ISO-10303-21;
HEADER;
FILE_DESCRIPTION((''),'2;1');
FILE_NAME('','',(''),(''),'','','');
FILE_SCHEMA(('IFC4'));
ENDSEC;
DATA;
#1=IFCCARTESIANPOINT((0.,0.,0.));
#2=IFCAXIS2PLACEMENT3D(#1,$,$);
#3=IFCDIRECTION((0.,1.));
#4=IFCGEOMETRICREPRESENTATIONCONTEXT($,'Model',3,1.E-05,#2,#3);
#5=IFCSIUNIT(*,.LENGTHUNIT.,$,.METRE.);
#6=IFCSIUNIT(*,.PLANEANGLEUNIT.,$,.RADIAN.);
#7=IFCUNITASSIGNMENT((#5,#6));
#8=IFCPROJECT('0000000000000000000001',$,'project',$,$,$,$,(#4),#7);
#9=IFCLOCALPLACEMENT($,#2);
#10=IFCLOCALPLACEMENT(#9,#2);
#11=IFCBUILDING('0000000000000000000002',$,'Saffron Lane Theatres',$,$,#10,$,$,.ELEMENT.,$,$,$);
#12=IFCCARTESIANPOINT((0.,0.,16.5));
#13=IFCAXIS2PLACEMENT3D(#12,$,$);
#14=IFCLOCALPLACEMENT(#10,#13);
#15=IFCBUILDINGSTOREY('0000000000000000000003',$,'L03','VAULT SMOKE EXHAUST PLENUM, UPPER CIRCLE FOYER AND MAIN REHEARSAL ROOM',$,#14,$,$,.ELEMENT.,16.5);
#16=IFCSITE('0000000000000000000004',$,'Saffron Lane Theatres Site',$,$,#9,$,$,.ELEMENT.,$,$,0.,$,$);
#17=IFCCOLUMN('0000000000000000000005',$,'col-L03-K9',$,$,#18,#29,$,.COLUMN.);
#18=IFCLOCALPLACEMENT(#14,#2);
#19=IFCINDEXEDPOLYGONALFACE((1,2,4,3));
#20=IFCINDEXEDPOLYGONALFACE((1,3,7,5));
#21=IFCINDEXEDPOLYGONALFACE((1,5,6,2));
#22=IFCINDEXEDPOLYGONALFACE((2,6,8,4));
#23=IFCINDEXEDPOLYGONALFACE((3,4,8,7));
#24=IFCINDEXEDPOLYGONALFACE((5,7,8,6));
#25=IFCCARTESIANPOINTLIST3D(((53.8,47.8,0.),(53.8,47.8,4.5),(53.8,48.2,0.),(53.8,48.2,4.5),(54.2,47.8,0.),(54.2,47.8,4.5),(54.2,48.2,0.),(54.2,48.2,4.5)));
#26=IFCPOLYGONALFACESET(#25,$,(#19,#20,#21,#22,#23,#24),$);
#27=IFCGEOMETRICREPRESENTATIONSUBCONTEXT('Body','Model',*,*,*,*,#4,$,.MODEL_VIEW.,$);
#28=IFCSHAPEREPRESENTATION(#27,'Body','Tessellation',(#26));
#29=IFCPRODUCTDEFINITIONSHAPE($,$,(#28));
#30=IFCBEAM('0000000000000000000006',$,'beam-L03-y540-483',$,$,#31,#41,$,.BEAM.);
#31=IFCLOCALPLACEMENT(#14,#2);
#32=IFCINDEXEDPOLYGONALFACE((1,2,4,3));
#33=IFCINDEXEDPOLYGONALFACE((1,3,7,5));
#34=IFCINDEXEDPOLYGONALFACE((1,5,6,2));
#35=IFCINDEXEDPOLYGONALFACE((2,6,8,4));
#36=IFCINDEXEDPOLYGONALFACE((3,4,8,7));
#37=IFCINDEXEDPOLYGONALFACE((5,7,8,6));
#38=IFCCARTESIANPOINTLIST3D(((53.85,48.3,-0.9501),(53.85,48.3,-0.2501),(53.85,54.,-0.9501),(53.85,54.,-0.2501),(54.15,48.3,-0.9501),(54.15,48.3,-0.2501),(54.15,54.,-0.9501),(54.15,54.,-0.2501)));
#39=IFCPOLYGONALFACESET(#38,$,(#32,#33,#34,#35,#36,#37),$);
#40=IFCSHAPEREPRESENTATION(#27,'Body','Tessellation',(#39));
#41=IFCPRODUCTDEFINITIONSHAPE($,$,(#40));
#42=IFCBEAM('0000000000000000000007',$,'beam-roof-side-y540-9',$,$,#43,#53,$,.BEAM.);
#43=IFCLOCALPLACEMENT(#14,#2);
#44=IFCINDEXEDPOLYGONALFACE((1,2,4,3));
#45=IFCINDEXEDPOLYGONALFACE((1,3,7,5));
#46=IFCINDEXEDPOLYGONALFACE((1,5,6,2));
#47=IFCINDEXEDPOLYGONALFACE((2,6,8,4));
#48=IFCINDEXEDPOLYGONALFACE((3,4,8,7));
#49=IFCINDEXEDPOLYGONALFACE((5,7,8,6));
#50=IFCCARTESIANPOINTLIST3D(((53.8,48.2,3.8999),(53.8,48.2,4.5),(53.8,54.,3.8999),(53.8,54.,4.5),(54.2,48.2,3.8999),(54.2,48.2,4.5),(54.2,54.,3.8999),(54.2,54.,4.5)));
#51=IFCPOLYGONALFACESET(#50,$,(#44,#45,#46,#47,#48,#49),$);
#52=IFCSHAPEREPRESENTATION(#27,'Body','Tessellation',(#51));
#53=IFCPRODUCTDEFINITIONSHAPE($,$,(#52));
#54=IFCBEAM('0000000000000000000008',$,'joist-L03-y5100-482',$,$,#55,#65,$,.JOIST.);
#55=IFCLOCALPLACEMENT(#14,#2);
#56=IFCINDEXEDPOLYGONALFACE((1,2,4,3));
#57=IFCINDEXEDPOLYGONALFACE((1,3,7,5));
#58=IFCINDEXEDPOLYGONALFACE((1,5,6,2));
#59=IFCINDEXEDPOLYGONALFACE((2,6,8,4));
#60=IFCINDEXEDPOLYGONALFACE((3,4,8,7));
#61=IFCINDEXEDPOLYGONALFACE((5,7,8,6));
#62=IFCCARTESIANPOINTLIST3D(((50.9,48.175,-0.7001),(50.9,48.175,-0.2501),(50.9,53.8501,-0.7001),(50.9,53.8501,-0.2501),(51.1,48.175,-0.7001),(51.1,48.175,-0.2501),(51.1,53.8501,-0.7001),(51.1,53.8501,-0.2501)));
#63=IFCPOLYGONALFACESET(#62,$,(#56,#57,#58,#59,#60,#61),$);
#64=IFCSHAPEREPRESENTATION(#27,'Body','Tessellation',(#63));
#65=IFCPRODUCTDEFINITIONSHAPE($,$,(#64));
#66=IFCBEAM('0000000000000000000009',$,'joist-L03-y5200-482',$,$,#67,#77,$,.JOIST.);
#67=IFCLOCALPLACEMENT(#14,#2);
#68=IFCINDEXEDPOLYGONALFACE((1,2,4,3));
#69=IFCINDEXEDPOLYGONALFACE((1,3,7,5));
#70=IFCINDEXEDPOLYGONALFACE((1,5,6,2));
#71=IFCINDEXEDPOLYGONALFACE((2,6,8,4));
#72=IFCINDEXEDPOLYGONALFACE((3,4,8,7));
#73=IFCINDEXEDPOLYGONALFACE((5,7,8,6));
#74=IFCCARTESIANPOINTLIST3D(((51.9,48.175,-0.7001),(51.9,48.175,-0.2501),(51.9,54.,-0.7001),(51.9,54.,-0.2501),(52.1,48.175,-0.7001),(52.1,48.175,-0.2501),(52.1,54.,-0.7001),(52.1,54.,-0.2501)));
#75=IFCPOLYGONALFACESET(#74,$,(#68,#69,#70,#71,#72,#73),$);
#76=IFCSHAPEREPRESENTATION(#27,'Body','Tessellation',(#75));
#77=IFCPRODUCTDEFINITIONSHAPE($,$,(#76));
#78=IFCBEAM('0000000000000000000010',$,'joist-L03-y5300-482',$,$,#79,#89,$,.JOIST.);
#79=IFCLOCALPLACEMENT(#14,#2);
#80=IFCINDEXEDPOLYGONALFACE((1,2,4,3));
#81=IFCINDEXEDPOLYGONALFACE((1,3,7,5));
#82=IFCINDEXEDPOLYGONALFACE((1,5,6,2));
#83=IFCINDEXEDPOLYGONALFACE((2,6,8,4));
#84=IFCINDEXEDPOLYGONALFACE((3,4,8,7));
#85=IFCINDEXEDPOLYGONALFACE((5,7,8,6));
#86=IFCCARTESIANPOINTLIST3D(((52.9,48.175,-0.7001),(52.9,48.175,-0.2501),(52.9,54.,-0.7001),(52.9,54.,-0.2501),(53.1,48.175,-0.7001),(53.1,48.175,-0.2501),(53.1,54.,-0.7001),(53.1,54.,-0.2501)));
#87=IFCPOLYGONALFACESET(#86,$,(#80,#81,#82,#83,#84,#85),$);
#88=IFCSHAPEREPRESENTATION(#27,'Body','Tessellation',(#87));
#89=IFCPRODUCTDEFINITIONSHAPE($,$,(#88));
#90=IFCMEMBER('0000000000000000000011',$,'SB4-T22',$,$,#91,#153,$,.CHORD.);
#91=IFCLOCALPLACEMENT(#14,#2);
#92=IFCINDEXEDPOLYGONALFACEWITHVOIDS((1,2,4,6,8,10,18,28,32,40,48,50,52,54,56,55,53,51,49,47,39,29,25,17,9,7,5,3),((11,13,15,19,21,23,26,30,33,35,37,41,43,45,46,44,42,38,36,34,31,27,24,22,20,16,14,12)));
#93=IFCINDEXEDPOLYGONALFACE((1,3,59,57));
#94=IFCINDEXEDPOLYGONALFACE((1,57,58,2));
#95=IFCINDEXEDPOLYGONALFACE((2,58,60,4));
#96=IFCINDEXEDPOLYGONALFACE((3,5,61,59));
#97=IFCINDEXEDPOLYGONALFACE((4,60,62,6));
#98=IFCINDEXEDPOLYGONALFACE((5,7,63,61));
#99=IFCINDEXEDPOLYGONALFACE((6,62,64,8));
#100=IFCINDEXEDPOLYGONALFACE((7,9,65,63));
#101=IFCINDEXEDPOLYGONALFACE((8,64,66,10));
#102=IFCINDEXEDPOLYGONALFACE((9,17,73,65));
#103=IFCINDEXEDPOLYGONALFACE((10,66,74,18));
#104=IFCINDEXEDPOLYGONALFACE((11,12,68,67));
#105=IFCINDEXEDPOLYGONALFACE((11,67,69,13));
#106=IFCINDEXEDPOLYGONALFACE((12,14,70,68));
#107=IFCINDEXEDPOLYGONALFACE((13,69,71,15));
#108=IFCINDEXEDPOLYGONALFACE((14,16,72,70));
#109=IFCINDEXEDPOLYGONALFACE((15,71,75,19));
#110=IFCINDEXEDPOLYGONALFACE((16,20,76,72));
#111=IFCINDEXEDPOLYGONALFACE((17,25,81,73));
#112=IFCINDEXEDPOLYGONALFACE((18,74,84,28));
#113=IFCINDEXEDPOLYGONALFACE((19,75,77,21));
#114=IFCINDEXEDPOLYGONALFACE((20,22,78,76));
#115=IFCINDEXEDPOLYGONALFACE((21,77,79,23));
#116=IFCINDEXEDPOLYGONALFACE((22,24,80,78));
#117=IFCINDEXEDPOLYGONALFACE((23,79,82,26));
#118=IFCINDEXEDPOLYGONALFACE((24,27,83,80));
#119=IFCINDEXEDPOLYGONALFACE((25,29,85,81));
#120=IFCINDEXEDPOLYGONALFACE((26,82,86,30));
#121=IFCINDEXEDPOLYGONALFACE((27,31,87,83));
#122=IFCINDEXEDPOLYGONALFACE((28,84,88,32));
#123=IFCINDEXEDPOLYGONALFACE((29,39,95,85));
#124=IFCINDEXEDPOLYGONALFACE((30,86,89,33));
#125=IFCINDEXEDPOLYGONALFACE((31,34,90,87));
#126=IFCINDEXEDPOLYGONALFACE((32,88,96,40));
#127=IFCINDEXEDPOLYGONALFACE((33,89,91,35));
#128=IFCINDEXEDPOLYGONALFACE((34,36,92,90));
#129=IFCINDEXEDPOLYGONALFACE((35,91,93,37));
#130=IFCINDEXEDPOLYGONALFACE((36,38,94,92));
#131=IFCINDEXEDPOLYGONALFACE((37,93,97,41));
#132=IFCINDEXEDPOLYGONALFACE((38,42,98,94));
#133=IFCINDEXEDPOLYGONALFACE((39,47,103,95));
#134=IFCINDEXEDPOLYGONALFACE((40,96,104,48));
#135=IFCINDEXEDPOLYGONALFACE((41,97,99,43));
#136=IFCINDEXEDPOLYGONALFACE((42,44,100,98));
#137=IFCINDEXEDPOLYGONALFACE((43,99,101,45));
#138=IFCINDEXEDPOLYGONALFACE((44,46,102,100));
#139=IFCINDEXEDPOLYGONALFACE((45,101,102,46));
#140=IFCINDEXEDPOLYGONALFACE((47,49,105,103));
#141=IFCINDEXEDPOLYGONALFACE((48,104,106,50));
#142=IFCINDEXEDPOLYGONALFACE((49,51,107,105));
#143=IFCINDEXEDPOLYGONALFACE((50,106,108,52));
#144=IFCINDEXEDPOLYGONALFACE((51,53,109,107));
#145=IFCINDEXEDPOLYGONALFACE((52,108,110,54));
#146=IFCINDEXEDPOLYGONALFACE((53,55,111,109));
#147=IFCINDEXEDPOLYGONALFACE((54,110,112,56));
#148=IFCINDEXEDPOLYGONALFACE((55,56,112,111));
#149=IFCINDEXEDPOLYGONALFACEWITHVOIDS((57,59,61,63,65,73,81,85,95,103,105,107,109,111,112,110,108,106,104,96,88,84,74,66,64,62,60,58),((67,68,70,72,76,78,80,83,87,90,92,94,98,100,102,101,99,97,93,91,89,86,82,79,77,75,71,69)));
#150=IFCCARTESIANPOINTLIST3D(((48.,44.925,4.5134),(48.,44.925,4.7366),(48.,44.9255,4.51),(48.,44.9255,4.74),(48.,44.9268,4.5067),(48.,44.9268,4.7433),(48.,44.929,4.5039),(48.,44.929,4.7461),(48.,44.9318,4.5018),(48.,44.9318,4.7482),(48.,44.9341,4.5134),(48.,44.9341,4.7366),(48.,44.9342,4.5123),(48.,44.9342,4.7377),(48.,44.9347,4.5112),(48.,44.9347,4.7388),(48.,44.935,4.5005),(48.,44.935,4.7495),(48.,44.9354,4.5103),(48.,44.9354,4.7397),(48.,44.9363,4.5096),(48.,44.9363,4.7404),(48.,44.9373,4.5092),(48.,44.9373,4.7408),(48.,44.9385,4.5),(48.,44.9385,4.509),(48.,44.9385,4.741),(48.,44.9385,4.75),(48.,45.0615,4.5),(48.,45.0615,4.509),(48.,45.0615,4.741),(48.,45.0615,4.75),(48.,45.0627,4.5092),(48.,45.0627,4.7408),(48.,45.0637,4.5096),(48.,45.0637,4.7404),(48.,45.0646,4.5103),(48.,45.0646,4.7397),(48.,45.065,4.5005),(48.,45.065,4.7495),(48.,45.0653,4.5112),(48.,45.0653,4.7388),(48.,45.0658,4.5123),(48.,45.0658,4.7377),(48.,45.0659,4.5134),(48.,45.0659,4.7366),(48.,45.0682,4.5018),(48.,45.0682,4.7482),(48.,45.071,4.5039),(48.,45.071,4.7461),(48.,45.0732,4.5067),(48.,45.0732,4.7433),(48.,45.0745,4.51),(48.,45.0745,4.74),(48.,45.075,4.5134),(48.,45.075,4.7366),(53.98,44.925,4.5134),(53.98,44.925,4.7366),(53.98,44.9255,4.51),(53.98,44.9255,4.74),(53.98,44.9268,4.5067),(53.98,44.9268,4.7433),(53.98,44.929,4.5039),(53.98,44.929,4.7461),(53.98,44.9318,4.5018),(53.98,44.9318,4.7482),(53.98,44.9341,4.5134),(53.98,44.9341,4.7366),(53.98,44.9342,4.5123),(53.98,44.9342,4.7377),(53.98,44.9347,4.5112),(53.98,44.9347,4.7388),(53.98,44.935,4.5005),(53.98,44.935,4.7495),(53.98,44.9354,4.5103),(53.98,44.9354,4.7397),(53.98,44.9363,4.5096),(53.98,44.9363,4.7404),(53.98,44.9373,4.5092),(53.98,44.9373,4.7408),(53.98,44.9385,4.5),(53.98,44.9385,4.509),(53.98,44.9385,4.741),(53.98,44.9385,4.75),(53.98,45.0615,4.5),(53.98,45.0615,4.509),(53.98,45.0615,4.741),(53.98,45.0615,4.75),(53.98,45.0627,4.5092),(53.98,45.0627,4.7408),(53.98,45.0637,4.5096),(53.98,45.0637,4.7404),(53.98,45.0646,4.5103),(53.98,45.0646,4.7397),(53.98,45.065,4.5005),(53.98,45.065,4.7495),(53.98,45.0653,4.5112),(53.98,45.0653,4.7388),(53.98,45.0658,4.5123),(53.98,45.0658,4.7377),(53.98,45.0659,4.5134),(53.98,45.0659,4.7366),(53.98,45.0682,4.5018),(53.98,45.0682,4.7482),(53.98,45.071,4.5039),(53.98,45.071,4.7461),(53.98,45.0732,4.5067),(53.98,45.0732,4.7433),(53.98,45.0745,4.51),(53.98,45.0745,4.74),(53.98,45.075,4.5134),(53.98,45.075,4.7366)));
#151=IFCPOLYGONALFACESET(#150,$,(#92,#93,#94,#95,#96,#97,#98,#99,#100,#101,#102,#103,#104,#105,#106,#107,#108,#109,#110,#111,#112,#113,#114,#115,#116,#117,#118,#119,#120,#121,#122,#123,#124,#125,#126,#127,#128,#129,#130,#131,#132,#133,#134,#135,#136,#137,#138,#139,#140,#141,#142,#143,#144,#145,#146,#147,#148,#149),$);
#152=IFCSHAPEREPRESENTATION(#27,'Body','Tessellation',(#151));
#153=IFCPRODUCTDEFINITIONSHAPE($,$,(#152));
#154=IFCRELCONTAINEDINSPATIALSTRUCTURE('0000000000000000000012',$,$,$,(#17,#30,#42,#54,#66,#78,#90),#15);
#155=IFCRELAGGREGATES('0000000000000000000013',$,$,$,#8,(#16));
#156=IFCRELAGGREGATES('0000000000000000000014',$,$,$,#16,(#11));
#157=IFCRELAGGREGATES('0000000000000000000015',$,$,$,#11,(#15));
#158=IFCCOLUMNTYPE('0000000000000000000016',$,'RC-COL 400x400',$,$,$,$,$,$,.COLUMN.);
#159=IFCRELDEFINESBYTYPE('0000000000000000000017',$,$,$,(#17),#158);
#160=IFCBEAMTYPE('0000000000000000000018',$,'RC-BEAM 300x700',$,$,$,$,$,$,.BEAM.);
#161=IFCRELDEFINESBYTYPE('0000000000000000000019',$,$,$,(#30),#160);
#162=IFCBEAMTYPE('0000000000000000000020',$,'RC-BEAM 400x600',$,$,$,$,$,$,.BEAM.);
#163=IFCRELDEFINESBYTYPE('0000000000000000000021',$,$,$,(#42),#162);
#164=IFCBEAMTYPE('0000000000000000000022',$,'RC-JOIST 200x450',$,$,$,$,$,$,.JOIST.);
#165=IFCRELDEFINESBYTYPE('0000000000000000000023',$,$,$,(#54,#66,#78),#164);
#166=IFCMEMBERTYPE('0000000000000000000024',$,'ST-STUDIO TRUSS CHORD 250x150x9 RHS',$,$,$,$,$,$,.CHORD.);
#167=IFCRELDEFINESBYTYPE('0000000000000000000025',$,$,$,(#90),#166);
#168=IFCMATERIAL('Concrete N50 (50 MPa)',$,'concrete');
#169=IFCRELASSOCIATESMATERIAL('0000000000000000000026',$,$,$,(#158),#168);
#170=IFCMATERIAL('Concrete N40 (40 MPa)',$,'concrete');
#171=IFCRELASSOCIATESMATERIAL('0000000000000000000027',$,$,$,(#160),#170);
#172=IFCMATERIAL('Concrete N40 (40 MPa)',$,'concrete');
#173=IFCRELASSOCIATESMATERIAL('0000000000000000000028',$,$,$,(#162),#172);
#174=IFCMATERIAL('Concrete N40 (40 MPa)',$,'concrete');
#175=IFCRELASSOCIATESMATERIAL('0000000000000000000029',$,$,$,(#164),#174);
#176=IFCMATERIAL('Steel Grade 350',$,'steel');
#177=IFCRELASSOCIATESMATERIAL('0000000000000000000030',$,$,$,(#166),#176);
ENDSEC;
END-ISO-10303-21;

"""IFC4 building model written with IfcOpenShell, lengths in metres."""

from ifc_helpers import new_model, si_unit, direction, frame, origin, origin_2d, place, context, subcontext, project, spatial, rectangle, hollow_rectangle, extrude, material, material_profile, profile_set, type_object, element, save


model = new_model("IFC4")

# Units and contexts
model_context = context("Model", 3, precision=1e-05, world=origin(), true_north=direction((0.0, 1.0)))
body_context = subcontext(model_context, "Body", "Model", "MODEL_VIEW")
ifc_project = project(units=[si_unit("LENGTHUNIT", "METRE"), si_unit("PLANEANGLEUNIT", "RADIAN")], contexts=[model_context])

# Site, building, storey
site_placement = place(None, origin())
site = spatial("IfcSite", under=ifc_project, at=site_placement, Name="Saffron Lane Theatres Site", CompositionType="ELEMENT", RefElevation=0.0)
building_placement = place(site_placement, origin())
building = spatial("IfcBuilding", under=site, at=building_placement, Name="Saffron Lane Theatres", CompositionType="ELEMENT")
storey_placement = place(building_placement, frame((0.0, 0.0, 16.5)))
storey = spatial("IfcBuildingStorey", under=building, at=storey_placement, Name="L03", Description="VAULT SMOKE EXHAUST PLENUM, UPPER CIRCLE FOYER AND MAIN REHEARSAL ROOM", CompositionType="ELEMENT", Elevation=16.5)

# Column
ifc_material_1 = material(Name="Concrete N50 (50 MPa)", Category="concrete")
ifc_material_profile_1 = material_profile(ifc_material_1, rectangle(XDim=0.3999, YDim=0.3999, at=origin_2d()))
ifc_profile_set_1 = profile_set([ifc_material_profile_1], Name="Concrete N50 (50 MPa)")
column_type = type_object("IfcColumnType", Name="RC-COL 400x400", PredefinedType="COLUMN", material=ifc_profile_set_1)
column_placement = place(storey_placement, frame((54.0, 48.0, 0.0), z_axis=(0.0, 0.0, 1.0), x_axis=(1.0, 0.0, 0.0)))
element("IfcColumn", 1, at=column_placement, inside=storey, type_object=column_type, Name="col-L03-K9", PredefinedType="COLUMN", context=body_context, shape_type="SweptSolid", body=[
    extrude(rectangle(XDim=0.3999, YDim=0.3999, at=origin_2d()), origin(), (0.0, 0.0, 1.0), 4.5),
])

# Beams
ifc_material_2 = material(Name="Concrete N40 (40 MPa)", Category="concrete")
ifc_material_profile_2 = material_profile(ifc_material_2, rectangle(XDim=0.3, YDim=0.7, at=origin_2d()))
ifc_profile_set_2 = profile_set([ifc_material_profile_2], Name="Concrete N40 (40 MPa)")
beam_type_1 = type_object("IfcBeamType", Name="RC-BEAM 300x700", PredefinedType="BEAM", material=ifc_profile_set_2)
beam_1_placement = place(storey_placement, frame((54.0, 48.3, -0.6001), z_axis=(0.0, 1.0, 0.0), x_axis=(-1.0, 0.0, 0.0)))
element("IfcBeam", 2, at=beam_1_placement, inside=storey, type_object=beam_type_1, Name="beam-L03-y540-483", PredefinedType="BEAM", context=body_context, shape_type="SweptSolid", body=[
    extrude(rectangle(XDim=0.3, YDim=0.7, at=origin_2d()), origin(), (0.0, 0.0, 1.0), 5.7),
])
ifc_material_3 = material(Name="Concrete N40 (40 MPa)", Category="concrete")
ifc_material_profile_3 = material_profile(ifc_material_3, rectangle(XDim=0.3999, YDim=0.6001, at=origin_2d()))
ifc_profile_set_3 = profile_set([ifc_material_profile_3], Name="Concrete N40 (40 MPa)")
beam_type_2 = type_object("IfcBeamType", Name="RC-BEAM 400x600", PredefinedType="BEAM", material=ifc_profile_set_3)
beam_2_placement = place(storey_placement, frame((54.0, 48.2, 4.2), z_axis=(0.0, 1.0, 0.0), x_axis=(-1.0, 0.0, 0.0)))
element("IfcBeam", 3, at=beam_2_placement, inside=storey, type_object=beam_type_2, Name="beam-roof-side-y540-9", PredefinedType="BEAM", context=body_context, shape_type="SweptSolid", body=[
    extrude(rectangle(XDim=0.3999, YDim=0.6001, at=origin_2d()), origin(), (0.0, 0.0, 1.0), 5.8),
])
ifc_material_4 = material(Name="Concrete N40 (40 MPa)", Category="concrete")
ifc_material_profile_4 = material_profile(ifc_material_4, rectangle(XDim=0.2, YDim=0.45, at=origin_2d()))
ifc_profile_set_4 = profile_set([ifc_material_profile_4], Name="Concrete N40 (40 MPa)")
beam_type_3 = type_object("IfcBeamType", Name="RC-JOIST 200x450", PredefinedType="JOIST", material=ifc_profile_set_4)
beam_3_placement = place(storey_placement, frame((51.0, 48.175, -0.4751), z_axis=(0.0, 1.0, 0.0), x_axis=(-1.0, 0.0, 0.0)))
element("IfcBeam", 4, at=beam_3_placement, inside=storey, type_object=beam_type_3, Name="joist-L03-y5100-482", PredefinedType="JOIST", context=body_context, shape_type="SweptSolid", body=[
    extrude(rectangle(XDim=0.2, YDim=0.45, at=origin_2d()), origin(), (0.0, 0.0, 1.0), 5.675),
])
for number, where, z_axis, x_axis, name in (
    (5, (52.0, 48.175, -0.4751), (0.0, 1.0, 0.0), (-1.0, 0.0, 0.0), "joist-L03-y5200-482"),
    (6, (53.0, 48.175, -0.4751), (0.0, 1.0, 0.0), (-1.0, 0.0, 0.0), "joist-L03-y5300-482"),
):
    element("IfcBeam", number, at=place(storey_placement, frame(where, z_axis=z_axis, x_axis=x_axis)), inside=storey, type_object=beam_type_3, Name=name, PredefinedType="JOIST", context=body_context, shape_type="SweptSolid", body=[
        extrude(rectangle(XDim=0.2, YDim=0.45, at=origin_2d()), origin(), (0.0, 0.0, 1.0), 5.825),
    ])

# Member
ifc_material_5 = material(Name="Steel Grade 350", Category="steel")
ifc_material_profile_5 = material_profile(ifc_material_5, hollow_rectangle(XDim=0.1499, YDim=0.25, WallThickness=0.009, InnerFilletRadius=0.0044, OuterFilletRadius=0.0134, at=origin_2d()))
ifc_profile_set_5 = profile_set([ifc_material_profile_5], Name="Steel Grade 350")
member_type = type_object("IfcMemberType", Name="ST-STUDIO TRUSS CHORD 250x150x9 RHS", PredefinedType="CHORD", material=ifc_profile_set_5)
member_placement = place(storey_placement, frame((53.98, 45.0, 4.625), z_axis=(-1.0, 0.0, 0.0), x_axis=(0.0, -1.0, 0.0)))
element("IfcMember", 7, at=member_placement, inside=storey, type_object=member_type, Name="SB4-T22", PredefinedType="CHORD", context=body_context, shape_type="SweptSolid", body=[
    extrude(hollow_rectangle(XDim=0.1499, YDim=0.25, WallThickness=0.009, InnerFilletRadius=0.0044, OuterFilletRadius=0.0134, at=origin_2d()), origin(), (0.0, 0.0, 1.0), 5.98),
])

save(model, "model.ifc")
